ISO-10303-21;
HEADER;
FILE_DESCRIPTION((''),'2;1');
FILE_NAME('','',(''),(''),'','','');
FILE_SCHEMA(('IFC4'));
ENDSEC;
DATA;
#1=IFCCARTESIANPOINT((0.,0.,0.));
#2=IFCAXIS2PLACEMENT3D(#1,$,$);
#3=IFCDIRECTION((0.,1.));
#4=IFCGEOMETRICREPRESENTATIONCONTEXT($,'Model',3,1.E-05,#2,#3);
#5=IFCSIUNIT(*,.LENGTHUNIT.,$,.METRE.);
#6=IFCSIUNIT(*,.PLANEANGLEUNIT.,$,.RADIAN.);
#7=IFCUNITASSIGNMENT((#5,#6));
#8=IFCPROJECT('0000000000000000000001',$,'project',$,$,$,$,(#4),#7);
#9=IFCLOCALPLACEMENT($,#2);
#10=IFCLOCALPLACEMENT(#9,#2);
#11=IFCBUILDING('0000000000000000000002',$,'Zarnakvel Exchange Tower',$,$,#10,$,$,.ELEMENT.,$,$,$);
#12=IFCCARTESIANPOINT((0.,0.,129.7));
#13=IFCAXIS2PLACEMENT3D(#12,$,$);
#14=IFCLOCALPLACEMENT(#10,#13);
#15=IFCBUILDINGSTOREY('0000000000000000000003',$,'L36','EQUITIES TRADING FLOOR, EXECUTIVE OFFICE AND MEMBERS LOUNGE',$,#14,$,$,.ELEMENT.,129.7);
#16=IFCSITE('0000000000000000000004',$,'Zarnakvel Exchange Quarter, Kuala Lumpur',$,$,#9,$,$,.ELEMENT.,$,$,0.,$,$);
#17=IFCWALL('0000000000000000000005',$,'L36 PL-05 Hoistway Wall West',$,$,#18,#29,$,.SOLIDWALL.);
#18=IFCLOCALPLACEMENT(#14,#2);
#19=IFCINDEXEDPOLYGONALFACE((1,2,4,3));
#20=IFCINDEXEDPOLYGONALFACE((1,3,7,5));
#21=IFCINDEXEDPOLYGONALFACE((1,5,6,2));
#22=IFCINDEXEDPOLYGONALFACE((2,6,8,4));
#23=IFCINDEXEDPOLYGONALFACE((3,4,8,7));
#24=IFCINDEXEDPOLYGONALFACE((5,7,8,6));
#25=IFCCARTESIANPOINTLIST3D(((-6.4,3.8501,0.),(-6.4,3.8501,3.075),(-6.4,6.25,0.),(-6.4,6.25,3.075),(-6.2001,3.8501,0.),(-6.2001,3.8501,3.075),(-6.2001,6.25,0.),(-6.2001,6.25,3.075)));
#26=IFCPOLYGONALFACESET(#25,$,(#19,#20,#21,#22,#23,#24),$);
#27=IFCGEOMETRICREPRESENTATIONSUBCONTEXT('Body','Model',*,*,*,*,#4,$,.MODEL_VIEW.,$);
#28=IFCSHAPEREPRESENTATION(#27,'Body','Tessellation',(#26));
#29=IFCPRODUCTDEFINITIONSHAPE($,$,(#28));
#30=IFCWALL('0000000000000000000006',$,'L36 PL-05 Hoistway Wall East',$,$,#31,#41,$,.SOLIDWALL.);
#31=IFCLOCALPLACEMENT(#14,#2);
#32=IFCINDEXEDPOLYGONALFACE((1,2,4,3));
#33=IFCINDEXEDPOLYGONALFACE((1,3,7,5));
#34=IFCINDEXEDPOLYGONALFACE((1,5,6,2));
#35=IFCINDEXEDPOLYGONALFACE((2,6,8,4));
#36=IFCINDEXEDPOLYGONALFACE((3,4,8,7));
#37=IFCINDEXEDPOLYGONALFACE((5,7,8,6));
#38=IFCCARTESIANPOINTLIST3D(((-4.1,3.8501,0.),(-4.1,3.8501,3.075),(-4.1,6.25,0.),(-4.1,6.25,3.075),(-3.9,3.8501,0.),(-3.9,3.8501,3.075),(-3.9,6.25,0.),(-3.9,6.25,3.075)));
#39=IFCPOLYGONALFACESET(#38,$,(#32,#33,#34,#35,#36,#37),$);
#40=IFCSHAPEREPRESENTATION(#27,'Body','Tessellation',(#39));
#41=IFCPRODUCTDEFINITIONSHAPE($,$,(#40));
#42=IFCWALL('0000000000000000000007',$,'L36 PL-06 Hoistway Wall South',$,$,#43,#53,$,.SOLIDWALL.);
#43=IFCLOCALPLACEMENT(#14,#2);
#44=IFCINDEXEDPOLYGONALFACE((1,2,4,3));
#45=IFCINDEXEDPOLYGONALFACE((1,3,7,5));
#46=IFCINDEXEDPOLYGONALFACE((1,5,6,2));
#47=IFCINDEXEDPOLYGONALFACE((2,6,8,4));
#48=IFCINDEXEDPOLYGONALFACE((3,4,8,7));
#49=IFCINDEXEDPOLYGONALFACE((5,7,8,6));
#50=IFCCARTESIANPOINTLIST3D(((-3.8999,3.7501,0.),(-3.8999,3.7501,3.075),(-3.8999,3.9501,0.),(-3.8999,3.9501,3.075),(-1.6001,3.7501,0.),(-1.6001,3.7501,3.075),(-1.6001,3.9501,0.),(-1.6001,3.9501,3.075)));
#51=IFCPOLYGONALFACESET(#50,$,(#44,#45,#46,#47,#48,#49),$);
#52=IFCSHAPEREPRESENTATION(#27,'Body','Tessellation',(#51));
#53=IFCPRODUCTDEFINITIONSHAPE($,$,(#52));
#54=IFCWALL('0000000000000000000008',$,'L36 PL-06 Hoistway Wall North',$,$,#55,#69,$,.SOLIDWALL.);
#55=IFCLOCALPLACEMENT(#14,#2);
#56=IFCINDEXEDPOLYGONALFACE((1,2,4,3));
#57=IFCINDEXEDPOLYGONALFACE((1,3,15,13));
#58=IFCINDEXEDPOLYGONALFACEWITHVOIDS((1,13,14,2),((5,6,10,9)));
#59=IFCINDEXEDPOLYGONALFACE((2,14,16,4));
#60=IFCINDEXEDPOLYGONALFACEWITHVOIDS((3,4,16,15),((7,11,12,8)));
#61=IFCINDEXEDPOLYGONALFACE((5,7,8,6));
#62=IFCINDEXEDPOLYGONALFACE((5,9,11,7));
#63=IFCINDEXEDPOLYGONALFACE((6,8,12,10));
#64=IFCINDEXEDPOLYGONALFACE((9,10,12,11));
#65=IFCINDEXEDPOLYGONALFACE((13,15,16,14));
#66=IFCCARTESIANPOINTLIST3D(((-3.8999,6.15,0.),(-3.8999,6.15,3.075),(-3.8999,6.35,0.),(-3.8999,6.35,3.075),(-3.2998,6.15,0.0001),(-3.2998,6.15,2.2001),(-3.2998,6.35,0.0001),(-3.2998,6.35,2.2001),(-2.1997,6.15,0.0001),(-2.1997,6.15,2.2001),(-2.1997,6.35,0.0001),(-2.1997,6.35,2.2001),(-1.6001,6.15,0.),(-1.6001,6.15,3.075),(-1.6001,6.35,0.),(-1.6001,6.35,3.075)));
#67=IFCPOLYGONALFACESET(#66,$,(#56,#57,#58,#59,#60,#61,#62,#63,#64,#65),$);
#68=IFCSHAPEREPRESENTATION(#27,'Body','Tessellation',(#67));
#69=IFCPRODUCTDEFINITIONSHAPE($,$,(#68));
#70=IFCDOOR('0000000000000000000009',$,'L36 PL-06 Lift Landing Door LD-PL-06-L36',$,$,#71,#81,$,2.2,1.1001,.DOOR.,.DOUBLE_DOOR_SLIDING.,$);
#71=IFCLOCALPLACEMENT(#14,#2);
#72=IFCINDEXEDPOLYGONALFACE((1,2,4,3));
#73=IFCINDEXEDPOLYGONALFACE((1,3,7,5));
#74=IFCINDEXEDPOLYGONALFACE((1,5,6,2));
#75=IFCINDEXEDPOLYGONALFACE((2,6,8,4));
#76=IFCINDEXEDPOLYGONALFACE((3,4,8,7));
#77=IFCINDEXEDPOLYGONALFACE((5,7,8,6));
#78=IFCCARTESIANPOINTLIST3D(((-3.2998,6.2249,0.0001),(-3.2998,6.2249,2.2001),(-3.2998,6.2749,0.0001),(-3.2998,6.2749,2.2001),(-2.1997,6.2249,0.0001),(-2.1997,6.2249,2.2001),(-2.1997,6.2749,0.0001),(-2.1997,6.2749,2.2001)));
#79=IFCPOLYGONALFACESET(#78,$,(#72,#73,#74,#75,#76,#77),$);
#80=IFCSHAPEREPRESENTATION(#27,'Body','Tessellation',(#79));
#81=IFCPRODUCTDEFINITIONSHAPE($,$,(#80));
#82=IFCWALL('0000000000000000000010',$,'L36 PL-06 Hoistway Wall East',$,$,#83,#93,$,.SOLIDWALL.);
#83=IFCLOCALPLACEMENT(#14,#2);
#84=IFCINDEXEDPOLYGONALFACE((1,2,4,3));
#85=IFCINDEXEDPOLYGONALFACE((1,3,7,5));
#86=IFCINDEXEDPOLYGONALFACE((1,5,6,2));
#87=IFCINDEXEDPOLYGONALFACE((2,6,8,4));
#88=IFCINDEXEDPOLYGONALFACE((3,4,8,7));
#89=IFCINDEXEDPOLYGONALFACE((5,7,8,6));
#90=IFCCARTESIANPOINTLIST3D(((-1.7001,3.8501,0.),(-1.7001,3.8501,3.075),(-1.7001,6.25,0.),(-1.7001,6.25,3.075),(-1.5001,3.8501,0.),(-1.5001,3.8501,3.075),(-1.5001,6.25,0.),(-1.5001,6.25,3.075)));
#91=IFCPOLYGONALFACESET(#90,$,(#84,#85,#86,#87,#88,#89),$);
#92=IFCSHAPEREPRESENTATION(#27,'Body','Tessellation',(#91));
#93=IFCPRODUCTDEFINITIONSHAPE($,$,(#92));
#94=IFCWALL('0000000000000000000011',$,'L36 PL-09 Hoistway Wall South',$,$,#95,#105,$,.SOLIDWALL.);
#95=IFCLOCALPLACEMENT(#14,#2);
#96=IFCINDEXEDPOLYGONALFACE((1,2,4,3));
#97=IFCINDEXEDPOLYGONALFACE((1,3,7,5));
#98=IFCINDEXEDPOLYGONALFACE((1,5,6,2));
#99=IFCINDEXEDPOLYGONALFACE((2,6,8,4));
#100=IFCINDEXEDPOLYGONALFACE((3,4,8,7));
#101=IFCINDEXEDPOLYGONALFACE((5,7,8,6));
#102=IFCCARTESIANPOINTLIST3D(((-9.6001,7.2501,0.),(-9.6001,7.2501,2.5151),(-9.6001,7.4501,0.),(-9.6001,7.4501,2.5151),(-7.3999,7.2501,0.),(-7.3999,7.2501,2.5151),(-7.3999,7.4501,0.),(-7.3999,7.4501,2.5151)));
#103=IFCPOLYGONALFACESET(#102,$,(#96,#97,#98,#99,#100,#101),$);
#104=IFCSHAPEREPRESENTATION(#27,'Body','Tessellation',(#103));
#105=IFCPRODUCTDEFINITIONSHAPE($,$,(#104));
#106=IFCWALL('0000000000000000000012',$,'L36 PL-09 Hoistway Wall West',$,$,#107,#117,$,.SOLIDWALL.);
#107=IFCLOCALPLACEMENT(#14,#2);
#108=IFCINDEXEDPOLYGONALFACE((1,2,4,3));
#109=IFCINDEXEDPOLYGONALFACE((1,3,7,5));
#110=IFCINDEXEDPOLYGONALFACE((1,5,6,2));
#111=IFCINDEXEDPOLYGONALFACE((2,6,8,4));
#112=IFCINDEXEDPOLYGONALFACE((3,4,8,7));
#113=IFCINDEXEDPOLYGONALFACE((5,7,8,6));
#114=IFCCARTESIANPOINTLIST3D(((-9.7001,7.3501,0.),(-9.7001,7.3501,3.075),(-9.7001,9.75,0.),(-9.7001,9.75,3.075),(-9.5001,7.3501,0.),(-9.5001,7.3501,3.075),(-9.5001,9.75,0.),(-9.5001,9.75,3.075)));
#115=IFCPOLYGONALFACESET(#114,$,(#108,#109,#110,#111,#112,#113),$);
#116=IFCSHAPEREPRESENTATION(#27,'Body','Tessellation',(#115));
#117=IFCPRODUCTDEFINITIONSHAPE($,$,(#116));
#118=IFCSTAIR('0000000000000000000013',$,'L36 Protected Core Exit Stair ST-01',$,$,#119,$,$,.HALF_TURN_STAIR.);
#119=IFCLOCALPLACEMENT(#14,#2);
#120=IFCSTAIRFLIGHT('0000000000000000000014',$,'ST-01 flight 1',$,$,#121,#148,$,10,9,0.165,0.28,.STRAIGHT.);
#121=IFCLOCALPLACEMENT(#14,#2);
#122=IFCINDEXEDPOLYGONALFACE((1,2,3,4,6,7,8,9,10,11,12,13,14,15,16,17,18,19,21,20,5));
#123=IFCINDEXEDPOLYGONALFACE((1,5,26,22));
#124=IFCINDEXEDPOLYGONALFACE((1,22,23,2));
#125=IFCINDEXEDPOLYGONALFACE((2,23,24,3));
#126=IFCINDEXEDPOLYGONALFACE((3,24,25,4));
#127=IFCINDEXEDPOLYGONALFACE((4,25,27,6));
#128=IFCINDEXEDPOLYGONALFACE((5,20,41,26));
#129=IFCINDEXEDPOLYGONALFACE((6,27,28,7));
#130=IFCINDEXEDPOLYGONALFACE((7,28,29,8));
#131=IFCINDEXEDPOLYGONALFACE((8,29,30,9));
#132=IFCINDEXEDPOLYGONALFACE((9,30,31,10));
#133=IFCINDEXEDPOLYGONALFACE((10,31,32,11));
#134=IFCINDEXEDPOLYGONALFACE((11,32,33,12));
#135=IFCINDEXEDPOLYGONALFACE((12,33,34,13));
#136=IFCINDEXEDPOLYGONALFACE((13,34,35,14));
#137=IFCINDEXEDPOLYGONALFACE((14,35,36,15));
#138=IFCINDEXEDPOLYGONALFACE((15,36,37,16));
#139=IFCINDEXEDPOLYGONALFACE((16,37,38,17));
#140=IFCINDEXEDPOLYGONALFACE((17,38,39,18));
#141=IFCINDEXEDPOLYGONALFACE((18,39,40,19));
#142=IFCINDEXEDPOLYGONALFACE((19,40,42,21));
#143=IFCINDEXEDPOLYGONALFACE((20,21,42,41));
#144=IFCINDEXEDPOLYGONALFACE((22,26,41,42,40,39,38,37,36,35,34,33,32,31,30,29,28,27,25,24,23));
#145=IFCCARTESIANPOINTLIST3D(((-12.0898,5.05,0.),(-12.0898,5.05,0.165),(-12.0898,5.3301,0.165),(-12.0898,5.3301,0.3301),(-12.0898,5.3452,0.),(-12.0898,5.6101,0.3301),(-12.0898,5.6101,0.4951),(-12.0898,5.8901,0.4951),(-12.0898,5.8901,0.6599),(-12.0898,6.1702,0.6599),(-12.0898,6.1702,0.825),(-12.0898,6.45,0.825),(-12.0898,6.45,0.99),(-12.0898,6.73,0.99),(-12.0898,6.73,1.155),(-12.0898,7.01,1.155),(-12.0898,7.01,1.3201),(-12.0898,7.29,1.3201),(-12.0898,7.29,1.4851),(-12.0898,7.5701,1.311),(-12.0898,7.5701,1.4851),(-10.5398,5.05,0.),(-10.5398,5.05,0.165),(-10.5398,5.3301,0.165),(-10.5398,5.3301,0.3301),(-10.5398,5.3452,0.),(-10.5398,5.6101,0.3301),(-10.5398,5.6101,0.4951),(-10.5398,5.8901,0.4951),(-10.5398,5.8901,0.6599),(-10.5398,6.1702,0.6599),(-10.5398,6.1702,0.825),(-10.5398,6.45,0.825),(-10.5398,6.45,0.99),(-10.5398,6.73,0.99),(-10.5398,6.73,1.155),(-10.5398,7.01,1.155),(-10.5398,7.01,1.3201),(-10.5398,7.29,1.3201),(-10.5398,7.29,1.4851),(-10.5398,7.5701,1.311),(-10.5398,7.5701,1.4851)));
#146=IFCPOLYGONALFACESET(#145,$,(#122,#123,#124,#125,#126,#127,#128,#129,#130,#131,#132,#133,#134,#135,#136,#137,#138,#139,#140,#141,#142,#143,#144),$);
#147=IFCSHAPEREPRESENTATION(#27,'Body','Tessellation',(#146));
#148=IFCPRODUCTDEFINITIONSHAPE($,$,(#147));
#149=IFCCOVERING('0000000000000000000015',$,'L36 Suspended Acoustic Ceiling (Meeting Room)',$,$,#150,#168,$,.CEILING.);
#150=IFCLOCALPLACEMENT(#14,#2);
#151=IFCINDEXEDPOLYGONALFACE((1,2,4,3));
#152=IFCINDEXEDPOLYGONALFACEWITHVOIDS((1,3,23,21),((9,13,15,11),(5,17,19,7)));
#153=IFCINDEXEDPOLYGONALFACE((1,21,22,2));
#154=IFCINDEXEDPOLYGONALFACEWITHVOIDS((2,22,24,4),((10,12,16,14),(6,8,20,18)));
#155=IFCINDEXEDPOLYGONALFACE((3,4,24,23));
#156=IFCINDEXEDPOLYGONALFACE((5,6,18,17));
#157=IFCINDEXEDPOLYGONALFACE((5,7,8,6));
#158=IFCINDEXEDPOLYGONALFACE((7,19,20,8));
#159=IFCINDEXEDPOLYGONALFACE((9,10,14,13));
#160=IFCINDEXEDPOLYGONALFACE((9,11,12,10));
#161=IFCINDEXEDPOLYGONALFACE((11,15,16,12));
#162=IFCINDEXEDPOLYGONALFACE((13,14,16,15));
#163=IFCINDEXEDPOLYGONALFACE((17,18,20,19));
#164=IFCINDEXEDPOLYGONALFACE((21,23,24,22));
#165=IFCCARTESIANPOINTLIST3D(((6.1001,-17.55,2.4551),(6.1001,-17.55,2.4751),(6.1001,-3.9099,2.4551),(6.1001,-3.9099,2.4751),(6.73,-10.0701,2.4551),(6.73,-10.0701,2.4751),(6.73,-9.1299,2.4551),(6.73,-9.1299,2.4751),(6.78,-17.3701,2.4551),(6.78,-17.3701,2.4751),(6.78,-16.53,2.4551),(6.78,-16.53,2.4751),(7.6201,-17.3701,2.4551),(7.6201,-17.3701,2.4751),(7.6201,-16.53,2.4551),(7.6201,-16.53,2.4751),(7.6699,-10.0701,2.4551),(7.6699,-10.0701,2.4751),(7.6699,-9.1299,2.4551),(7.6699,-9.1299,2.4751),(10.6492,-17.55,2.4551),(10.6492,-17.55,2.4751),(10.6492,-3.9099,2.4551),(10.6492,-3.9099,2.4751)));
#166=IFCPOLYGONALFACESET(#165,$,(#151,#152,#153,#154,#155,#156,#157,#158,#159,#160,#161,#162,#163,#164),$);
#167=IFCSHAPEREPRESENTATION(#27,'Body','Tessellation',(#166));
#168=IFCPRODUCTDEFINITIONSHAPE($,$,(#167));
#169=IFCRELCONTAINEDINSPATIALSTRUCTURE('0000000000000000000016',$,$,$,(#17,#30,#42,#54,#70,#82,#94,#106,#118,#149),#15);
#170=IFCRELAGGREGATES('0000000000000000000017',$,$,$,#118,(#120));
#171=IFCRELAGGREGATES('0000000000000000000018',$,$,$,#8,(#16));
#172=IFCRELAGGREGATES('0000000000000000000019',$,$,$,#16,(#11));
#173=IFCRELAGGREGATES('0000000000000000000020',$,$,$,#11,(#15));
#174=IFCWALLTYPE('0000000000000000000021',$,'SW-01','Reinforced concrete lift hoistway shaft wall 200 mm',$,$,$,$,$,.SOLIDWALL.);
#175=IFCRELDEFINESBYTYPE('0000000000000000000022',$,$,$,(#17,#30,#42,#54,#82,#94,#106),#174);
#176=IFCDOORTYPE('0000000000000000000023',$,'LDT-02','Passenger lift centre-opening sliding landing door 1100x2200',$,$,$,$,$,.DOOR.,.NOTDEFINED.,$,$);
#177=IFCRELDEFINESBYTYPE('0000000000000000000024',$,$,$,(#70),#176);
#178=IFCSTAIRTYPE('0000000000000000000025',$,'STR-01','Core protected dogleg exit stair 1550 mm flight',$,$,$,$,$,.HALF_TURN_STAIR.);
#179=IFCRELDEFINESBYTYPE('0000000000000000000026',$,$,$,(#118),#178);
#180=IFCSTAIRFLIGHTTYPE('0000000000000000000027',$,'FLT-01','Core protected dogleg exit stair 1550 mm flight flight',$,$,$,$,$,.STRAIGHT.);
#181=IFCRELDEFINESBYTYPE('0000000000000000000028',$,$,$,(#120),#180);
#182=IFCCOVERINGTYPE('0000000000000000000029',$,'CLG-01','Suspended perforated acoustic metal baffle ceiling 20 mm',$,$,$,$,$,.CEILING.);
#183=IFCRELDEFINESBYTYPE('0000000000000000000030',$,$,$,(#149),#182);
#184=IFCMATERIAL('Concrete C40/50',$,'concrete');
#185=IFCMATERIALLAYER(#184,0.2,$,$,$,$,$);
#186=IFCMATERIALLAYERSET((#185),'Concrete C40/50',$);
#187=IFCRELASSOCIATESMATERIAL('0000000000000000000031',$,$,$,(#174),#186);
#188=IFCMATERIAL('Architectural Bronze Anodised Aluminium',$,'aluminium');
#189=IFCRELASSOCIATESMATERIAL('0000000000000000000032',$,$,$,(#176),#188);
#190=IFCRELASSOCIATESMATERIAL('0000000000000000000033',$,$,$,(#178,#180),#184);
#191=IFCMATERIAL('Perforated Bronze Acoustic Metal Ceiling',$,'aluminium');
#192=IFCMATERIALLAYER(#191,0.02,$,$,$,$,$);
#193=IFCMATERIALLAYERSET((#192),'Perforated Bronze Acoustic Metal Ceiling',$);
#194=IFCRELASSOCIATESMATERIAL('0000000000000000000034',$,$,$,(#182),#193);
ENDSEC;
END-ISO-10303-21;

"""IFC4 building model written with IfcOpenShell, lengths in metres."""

from ifc_helpers import new_model, si_unit, direction, frame, frame_2d, origin, place, context, subcontext, project, spatial, polyline, rectangle, outline, extrude, source, transform, mapped, material, layer, layer_set, type_object, element, fill, aggregate, save


model = new_model("IFC4")

# Units and contexts
model_context = context("Model", 3, precision=1e-05, world=origin(), true_north=direction((0.0, 1.0)))
body_context = subcontext(model_context, "Body", "Model", "MODEL_VIEW")
ifc_project = project(units=[si_unit("LENGTHUNIT", "METRE"), si_unit("PLANEANGLEUNIT", "RADIAN")], contexts=[model_context])

# Site, building, storey
site_placement = place(None, origin())
site = spatial("IfcSite", under=ifc_project, at=site_placement, Name="Zarnakvel Exchange Quarter, Kuala Lumpur", CompositionType="ELEMENT", RefElevation=0.0)
building_placement = place(site_placement, origin())
building = spatial("IfcBuilding", under=site, at=building_placement, Name="Zarnakvel Exchange Tower", CompositionType="ELEMENT")
storey_placement = place(building_placement, frame((0.0, 0.0, 129.7)))
storey = spatial("IfcBuildingStorey", under=building, at=storey_placement, Name="L36", Description="EQUITIES TRADING FLOOR, EXECUTIVE OFFICE AND MEMBERS LOUNGE", CompositionType="ELEMENT", Elevation=129.7)

# Shared definitions
ifc_material_1 = material(Name="Concrete C40/50", Category="concrete")
ifc_layer_1 = layer(ifc_material_1, 0.2)
ifc_layer_set_1 = layer_set([ifc_layer_1], Name="Concrete C40/50")
wall_type_1 = type_object("IfcWallType", Name="SW-01", Description="Reinforced concrete lift hoistway shaft wall 200 mm", PredefinedType="SOLIDWALL", material=ifc_layer_set_1)
shared_shape_1 = source(origin(), body_context, "Body", "SweptSolid", [
    extrude(rectangle(XDim=1.1001, YDim=2.2, at=frame_2d((0.55, 1.1001))), frame((0.0, 0.0249, 0.0), z_axis=(0.0, -1.0, 0.0), x_axis=(1.0, 0.0, 0.0)), (0.0, 0.0, 1.0), 0.05),
])

# Shared definitions
ifc_material_2 = material(Name="Architectural Bronze Anodised Aluminium", Category="aluminium")
door_type_1 = type_object("IfcDoorType", Name="LDT-02", Description="Passenger lift centre-opening sliding landing door 1100x2200", OperationType="NOTDEFINED", PredefinedType="DOOR", material=ifc_material_2)

# Walls
for number, where, z_axis, x_axis, name in (
    (1, (-6.3, 3.8501, 0.0), (0.0, 0.0, 1.0), (0.0, 1.0, 0.0), "L36 PL-05 Hoistway Wall West"),
    (2, (-4.0, 6.25, 0.0), (0.0, 0.0, 1.0), (0.0, -1.0, 0.0), "L36 PL-05 Hoistway Wall East"),
):
    element("IfcWall", number, at=place(storey_placement, frame(where, z_axis=z_axis, x_axis=x_axis)), inside=storey, type_object=wall_type_1, Name=name, PredefinedType="SOLIDWALL", context=body_context, shape_type="SweptSolid", body=[
        extrude(rectangle(XDim=2.3999, YDim=0.2, at=frame_2d((1.2, 0.0))), origin(), (0.0, 0.0, 1.0), 3.075),
    ])
wall_1_placement = place(storey_placement, frame((-1.6001, 3.8501, 0.0), z_axis=(0.0, 0.0, 1.0), x_axis=(-1.0, 0.0, 0.0)))
element("IfcWall", 3, at=wall_1_placement, inside=storey, type_object=wall_type_1, Name="L36 PL-06 Hoistway Wall South", PredefinedType="SOLIDWALL", context=body_context, shape_type="SweptSolid", body=[
    extrude(rectangle(XDim=2.2998, YDim=0.2, at=frame_2d((1.1499, 0.0))), origin(), (0.0, 0.0, 1.0), 3.075),
])

# Wall, opening, door
wall_2_placement = place(storey_placement, frame((-3.8999, 6.25, 0.0), z_axis=(0.0, 0.0, 1.0), x_axis=(1.0, 0.0, 0.0)))
wall_2 = element("IfcWall", 4, at=wall_2_placement, inside=storey, type_object=wall_type_1, Name="L36 PL-06 Hoistway Wall North", PredefinedType="SOLIDWALL", context=body_context, shape_type="SweptSolid", body=[
    extrude(rectangle(XDim=2.2998, YDim=0.2, at=frame_2d((1.1499, 0.0))), origin(), (0.0, 0.0, 1.0), 3.075),
])
opening_1_placement = place(wall_2_placement, frame((0.6001, 0.0, 0.0)))
opening_1 = element("IfcOpeningElement", 5, at=opening_1_placement, cuts=wall_2, PredefinedType="OPENING", context=body_context, shape_type="SweptSolid", body=[
    extrude(rectangle(XDim=1.1001, YDim=2.2, at=frame_2d((0.55, 1.1001))), frame((0.0, 0.1099, 0.0), z_axis=(0.0, -1.0, 0.0), x_axis=(1.0, 0.0, 0.0)), (0.0, 0.0, 1.0), 0.22),
])
door_1_placement = place(opening_1_placement, origin())
door_1 = element("IfcDoor", 6, at=door_1_placement, inside=storey, type_object=door_type_1, Name="L36 PL-06 Lift Landing Door LD-PL-06-L36", OperationType="DOUBLE_DOOR_SLIDING", OverallHeight=2.2, OverallWidth=1.1001, PredefinedType="DOOR", context=body_context, shape_type="MappedRepresentation", body=[
    mapped(shared_shape_1, transform((0.0, 0.0, 0.0), x_axis=(1.0, 0.0, 0.0), y_axis=(0.0, 1.0, 0.0), z_axis=(0.0, 0.0, 1.0), scale=1.0)),
])
fill(opening_1, door_1)

# Walls
wall_3_placement = place(storey_placement, frame((-1.6001, 6.25, 0.0), z_axis=(0.0, 0.0, 1.0), x_axis=(0.0, -1.0, 0.0)))
element("IfcWall", 7, at=wall_3_placement, inside=storey, type_object=wall_type_1, Name="L36 PL-06 Hoistway Wall East", PredefinedType="SOLIDWALL", context=body_context, shape_type="SweptSolid", body=[
    extrude(rectangle(XDim=2.3999, YDim=0.2, at=frame_2d((1.2, 0.0))), origin(), (0.0, 0.0, 1.0), 3.075),
])
wall_4_placement = place(storey_placement, frame((-7.3999, 7.3501, 0.0), z_axis=(0.0, 0.0, 1.0), x_axis=(-1.0, 0.0, 0.0)))
element("IfcWall", 8, at=wall_4_placement, inside=storey, type_object=wall_type_1, Name="L36 PL-09 Hoistway Wall South", PredefinedType="SOLIDWALL", context=body_context, shape_type="SweptSolid", body=[
    extrude(rectangle(XDim=2.2002, YDim=0.2, at=frame_2d((1.1001, 0.0))), origin(), (0.0, 0.0, 1.0), 2.5151),
])
wall_5_placement = place(storey_placement, frame((-9.6001, 7.3501, 0.0), z_axis=(0.0, 0.0, 1.0), x_axis=(0.0, 1.0, 0.0)))
element("IfcWall", 9, at=wall_5_placement, inside=storey, type_object=wall_type_1, Name="L36 PL-09 Hoistway Wall West", PredefinedType="SOLIDWALL", context=body_context, shape_type="SweptSolid", body=[
    extrude(rectangle(XDim=2.3999, YDim=0.2, at=frame_2d((1.2, 0.0))), origin(), (0.0, 0.0, 1.0), 3.075),
])

# Stair, stair flight
stair_type = type_object("IfcStairType", Name="STR-01", Description="Core protected dogleg exit stair 1550 mm flight", PredefinedType="HALF_TURN_STAIR", material=ifc_material_1)
stair_placement = place(storey_placement, origin())
stair = element("IfcStair", 10, at=stair_placement, inside=storey, type_object=stair_type, Name="L36 Protected Core Exit Stair ST-01", PredefinedType="HALF_TURN_STAIR")
stair_flight_type = type_object("IfcStairFlightType", Name="FLT-01", Description="Core protected dogleg exit stair 1550 mm flight flight", PredefinedType="STRAIGHT", material=ifc_material_1)
stair_flight_placement = place(storey_placement, frame((-11.3149, 5.05, 0.0), z_axis=(0.0, 0.0, 1.0), x_axis=(0.0, 1.0, 0.0)))
stair_flight = element("IfcStairFlight", 11, at=stair_flight_placement, type_object=stair_flight_type, Name="ST-01 flight 1", NumberOfRisers=10, NumberOfTreads=9, PredefinedType="STRAIGHT", RiserHeight=0.165, TreadLength=0.28, context=body_context, shape_type="SweptSolid", body=[
    extrude(outline(polyline([(0.0, 0.0), (0.0, 0.165), (0.28, 0.165), (0.28, 0.3301), (0.5601, 0.3301), (0.5601, 0.4951), (0.8401, 0.4951), (0.8401, 0.6599), (1.1201, 0.6599), (1.1201, 0.825), (1.3999, 0.825), (1.3999, 0.99), (1.6799, 0.99), (1.6799, 1.155), (1.96, 1.155), (1.96, 1.3201), (2.24, 1.3201), (2.24, 1.4851), (2.52, 1.4851), (2.52, 1.6499), (2.52, 1.311), (0.2952, 0.0), (0.0, 0.0)])), frame((0.0, 0.7749, 0.0), z_axis=(0.0, -1.0, 0.0), x_axis=(1.0, 0.0, 0.0)), (0.0, 0.0, 1.0), 1.55),
])
aggregate(stair, [stair_flight])

# Covering
ifc_material_3 = material(Name="Perforated Bronze Acoustic Metal Ceiling", Category="aluminium")
ifc_layer_2 = layer(ifc_material_3, 0.02)
ifc_layer_set_2 = layer_set([ifc_layer_2], Name="Perforated Bronze Acoustic Metal Ceiling")
covering_type_1 = type_object("IfcCoveringType", Name="CLG-01", Description="Suspended perforated acoustic metal baffle ceiling 20 mm", PredefinedType="CEILING", material=ifc_layer_set_2)
covering_1_placement = place(storey_placement, frame((0.0, 0.0, 2.4551)))
element("IfcCovering", 12, at=covering_1_placement, inside=storey, type_object=covering_type_1, Name="L36 Suspended Acoustic Ceiling (Meeting Room)", PredefinedType="CEILING", context=body_context, shape_type="SweptSolid", body=[
    extrude(outline(polyline([(6.1001, -3.9099), (10.6492, -3.9099), (10.6492, -17.55), (6.1001, -17.55), (6.1001, -3.9099)]), holes=[polyline([(6.73, -10.0701), (7.6699, -10.0701), (7.6699, -9.1299), (6.73, -9.1299), (6.73, -10.0701)]), polyline([(7.6201, -17.3701), (7.6201, -16.53), (6.78, -16.53), (6.78, -17.3701), (7.6201, -17.3701)])]), origin(), (0.0, 0.0, 1.0), 0.02),
])

save(model, "model.ifc")
